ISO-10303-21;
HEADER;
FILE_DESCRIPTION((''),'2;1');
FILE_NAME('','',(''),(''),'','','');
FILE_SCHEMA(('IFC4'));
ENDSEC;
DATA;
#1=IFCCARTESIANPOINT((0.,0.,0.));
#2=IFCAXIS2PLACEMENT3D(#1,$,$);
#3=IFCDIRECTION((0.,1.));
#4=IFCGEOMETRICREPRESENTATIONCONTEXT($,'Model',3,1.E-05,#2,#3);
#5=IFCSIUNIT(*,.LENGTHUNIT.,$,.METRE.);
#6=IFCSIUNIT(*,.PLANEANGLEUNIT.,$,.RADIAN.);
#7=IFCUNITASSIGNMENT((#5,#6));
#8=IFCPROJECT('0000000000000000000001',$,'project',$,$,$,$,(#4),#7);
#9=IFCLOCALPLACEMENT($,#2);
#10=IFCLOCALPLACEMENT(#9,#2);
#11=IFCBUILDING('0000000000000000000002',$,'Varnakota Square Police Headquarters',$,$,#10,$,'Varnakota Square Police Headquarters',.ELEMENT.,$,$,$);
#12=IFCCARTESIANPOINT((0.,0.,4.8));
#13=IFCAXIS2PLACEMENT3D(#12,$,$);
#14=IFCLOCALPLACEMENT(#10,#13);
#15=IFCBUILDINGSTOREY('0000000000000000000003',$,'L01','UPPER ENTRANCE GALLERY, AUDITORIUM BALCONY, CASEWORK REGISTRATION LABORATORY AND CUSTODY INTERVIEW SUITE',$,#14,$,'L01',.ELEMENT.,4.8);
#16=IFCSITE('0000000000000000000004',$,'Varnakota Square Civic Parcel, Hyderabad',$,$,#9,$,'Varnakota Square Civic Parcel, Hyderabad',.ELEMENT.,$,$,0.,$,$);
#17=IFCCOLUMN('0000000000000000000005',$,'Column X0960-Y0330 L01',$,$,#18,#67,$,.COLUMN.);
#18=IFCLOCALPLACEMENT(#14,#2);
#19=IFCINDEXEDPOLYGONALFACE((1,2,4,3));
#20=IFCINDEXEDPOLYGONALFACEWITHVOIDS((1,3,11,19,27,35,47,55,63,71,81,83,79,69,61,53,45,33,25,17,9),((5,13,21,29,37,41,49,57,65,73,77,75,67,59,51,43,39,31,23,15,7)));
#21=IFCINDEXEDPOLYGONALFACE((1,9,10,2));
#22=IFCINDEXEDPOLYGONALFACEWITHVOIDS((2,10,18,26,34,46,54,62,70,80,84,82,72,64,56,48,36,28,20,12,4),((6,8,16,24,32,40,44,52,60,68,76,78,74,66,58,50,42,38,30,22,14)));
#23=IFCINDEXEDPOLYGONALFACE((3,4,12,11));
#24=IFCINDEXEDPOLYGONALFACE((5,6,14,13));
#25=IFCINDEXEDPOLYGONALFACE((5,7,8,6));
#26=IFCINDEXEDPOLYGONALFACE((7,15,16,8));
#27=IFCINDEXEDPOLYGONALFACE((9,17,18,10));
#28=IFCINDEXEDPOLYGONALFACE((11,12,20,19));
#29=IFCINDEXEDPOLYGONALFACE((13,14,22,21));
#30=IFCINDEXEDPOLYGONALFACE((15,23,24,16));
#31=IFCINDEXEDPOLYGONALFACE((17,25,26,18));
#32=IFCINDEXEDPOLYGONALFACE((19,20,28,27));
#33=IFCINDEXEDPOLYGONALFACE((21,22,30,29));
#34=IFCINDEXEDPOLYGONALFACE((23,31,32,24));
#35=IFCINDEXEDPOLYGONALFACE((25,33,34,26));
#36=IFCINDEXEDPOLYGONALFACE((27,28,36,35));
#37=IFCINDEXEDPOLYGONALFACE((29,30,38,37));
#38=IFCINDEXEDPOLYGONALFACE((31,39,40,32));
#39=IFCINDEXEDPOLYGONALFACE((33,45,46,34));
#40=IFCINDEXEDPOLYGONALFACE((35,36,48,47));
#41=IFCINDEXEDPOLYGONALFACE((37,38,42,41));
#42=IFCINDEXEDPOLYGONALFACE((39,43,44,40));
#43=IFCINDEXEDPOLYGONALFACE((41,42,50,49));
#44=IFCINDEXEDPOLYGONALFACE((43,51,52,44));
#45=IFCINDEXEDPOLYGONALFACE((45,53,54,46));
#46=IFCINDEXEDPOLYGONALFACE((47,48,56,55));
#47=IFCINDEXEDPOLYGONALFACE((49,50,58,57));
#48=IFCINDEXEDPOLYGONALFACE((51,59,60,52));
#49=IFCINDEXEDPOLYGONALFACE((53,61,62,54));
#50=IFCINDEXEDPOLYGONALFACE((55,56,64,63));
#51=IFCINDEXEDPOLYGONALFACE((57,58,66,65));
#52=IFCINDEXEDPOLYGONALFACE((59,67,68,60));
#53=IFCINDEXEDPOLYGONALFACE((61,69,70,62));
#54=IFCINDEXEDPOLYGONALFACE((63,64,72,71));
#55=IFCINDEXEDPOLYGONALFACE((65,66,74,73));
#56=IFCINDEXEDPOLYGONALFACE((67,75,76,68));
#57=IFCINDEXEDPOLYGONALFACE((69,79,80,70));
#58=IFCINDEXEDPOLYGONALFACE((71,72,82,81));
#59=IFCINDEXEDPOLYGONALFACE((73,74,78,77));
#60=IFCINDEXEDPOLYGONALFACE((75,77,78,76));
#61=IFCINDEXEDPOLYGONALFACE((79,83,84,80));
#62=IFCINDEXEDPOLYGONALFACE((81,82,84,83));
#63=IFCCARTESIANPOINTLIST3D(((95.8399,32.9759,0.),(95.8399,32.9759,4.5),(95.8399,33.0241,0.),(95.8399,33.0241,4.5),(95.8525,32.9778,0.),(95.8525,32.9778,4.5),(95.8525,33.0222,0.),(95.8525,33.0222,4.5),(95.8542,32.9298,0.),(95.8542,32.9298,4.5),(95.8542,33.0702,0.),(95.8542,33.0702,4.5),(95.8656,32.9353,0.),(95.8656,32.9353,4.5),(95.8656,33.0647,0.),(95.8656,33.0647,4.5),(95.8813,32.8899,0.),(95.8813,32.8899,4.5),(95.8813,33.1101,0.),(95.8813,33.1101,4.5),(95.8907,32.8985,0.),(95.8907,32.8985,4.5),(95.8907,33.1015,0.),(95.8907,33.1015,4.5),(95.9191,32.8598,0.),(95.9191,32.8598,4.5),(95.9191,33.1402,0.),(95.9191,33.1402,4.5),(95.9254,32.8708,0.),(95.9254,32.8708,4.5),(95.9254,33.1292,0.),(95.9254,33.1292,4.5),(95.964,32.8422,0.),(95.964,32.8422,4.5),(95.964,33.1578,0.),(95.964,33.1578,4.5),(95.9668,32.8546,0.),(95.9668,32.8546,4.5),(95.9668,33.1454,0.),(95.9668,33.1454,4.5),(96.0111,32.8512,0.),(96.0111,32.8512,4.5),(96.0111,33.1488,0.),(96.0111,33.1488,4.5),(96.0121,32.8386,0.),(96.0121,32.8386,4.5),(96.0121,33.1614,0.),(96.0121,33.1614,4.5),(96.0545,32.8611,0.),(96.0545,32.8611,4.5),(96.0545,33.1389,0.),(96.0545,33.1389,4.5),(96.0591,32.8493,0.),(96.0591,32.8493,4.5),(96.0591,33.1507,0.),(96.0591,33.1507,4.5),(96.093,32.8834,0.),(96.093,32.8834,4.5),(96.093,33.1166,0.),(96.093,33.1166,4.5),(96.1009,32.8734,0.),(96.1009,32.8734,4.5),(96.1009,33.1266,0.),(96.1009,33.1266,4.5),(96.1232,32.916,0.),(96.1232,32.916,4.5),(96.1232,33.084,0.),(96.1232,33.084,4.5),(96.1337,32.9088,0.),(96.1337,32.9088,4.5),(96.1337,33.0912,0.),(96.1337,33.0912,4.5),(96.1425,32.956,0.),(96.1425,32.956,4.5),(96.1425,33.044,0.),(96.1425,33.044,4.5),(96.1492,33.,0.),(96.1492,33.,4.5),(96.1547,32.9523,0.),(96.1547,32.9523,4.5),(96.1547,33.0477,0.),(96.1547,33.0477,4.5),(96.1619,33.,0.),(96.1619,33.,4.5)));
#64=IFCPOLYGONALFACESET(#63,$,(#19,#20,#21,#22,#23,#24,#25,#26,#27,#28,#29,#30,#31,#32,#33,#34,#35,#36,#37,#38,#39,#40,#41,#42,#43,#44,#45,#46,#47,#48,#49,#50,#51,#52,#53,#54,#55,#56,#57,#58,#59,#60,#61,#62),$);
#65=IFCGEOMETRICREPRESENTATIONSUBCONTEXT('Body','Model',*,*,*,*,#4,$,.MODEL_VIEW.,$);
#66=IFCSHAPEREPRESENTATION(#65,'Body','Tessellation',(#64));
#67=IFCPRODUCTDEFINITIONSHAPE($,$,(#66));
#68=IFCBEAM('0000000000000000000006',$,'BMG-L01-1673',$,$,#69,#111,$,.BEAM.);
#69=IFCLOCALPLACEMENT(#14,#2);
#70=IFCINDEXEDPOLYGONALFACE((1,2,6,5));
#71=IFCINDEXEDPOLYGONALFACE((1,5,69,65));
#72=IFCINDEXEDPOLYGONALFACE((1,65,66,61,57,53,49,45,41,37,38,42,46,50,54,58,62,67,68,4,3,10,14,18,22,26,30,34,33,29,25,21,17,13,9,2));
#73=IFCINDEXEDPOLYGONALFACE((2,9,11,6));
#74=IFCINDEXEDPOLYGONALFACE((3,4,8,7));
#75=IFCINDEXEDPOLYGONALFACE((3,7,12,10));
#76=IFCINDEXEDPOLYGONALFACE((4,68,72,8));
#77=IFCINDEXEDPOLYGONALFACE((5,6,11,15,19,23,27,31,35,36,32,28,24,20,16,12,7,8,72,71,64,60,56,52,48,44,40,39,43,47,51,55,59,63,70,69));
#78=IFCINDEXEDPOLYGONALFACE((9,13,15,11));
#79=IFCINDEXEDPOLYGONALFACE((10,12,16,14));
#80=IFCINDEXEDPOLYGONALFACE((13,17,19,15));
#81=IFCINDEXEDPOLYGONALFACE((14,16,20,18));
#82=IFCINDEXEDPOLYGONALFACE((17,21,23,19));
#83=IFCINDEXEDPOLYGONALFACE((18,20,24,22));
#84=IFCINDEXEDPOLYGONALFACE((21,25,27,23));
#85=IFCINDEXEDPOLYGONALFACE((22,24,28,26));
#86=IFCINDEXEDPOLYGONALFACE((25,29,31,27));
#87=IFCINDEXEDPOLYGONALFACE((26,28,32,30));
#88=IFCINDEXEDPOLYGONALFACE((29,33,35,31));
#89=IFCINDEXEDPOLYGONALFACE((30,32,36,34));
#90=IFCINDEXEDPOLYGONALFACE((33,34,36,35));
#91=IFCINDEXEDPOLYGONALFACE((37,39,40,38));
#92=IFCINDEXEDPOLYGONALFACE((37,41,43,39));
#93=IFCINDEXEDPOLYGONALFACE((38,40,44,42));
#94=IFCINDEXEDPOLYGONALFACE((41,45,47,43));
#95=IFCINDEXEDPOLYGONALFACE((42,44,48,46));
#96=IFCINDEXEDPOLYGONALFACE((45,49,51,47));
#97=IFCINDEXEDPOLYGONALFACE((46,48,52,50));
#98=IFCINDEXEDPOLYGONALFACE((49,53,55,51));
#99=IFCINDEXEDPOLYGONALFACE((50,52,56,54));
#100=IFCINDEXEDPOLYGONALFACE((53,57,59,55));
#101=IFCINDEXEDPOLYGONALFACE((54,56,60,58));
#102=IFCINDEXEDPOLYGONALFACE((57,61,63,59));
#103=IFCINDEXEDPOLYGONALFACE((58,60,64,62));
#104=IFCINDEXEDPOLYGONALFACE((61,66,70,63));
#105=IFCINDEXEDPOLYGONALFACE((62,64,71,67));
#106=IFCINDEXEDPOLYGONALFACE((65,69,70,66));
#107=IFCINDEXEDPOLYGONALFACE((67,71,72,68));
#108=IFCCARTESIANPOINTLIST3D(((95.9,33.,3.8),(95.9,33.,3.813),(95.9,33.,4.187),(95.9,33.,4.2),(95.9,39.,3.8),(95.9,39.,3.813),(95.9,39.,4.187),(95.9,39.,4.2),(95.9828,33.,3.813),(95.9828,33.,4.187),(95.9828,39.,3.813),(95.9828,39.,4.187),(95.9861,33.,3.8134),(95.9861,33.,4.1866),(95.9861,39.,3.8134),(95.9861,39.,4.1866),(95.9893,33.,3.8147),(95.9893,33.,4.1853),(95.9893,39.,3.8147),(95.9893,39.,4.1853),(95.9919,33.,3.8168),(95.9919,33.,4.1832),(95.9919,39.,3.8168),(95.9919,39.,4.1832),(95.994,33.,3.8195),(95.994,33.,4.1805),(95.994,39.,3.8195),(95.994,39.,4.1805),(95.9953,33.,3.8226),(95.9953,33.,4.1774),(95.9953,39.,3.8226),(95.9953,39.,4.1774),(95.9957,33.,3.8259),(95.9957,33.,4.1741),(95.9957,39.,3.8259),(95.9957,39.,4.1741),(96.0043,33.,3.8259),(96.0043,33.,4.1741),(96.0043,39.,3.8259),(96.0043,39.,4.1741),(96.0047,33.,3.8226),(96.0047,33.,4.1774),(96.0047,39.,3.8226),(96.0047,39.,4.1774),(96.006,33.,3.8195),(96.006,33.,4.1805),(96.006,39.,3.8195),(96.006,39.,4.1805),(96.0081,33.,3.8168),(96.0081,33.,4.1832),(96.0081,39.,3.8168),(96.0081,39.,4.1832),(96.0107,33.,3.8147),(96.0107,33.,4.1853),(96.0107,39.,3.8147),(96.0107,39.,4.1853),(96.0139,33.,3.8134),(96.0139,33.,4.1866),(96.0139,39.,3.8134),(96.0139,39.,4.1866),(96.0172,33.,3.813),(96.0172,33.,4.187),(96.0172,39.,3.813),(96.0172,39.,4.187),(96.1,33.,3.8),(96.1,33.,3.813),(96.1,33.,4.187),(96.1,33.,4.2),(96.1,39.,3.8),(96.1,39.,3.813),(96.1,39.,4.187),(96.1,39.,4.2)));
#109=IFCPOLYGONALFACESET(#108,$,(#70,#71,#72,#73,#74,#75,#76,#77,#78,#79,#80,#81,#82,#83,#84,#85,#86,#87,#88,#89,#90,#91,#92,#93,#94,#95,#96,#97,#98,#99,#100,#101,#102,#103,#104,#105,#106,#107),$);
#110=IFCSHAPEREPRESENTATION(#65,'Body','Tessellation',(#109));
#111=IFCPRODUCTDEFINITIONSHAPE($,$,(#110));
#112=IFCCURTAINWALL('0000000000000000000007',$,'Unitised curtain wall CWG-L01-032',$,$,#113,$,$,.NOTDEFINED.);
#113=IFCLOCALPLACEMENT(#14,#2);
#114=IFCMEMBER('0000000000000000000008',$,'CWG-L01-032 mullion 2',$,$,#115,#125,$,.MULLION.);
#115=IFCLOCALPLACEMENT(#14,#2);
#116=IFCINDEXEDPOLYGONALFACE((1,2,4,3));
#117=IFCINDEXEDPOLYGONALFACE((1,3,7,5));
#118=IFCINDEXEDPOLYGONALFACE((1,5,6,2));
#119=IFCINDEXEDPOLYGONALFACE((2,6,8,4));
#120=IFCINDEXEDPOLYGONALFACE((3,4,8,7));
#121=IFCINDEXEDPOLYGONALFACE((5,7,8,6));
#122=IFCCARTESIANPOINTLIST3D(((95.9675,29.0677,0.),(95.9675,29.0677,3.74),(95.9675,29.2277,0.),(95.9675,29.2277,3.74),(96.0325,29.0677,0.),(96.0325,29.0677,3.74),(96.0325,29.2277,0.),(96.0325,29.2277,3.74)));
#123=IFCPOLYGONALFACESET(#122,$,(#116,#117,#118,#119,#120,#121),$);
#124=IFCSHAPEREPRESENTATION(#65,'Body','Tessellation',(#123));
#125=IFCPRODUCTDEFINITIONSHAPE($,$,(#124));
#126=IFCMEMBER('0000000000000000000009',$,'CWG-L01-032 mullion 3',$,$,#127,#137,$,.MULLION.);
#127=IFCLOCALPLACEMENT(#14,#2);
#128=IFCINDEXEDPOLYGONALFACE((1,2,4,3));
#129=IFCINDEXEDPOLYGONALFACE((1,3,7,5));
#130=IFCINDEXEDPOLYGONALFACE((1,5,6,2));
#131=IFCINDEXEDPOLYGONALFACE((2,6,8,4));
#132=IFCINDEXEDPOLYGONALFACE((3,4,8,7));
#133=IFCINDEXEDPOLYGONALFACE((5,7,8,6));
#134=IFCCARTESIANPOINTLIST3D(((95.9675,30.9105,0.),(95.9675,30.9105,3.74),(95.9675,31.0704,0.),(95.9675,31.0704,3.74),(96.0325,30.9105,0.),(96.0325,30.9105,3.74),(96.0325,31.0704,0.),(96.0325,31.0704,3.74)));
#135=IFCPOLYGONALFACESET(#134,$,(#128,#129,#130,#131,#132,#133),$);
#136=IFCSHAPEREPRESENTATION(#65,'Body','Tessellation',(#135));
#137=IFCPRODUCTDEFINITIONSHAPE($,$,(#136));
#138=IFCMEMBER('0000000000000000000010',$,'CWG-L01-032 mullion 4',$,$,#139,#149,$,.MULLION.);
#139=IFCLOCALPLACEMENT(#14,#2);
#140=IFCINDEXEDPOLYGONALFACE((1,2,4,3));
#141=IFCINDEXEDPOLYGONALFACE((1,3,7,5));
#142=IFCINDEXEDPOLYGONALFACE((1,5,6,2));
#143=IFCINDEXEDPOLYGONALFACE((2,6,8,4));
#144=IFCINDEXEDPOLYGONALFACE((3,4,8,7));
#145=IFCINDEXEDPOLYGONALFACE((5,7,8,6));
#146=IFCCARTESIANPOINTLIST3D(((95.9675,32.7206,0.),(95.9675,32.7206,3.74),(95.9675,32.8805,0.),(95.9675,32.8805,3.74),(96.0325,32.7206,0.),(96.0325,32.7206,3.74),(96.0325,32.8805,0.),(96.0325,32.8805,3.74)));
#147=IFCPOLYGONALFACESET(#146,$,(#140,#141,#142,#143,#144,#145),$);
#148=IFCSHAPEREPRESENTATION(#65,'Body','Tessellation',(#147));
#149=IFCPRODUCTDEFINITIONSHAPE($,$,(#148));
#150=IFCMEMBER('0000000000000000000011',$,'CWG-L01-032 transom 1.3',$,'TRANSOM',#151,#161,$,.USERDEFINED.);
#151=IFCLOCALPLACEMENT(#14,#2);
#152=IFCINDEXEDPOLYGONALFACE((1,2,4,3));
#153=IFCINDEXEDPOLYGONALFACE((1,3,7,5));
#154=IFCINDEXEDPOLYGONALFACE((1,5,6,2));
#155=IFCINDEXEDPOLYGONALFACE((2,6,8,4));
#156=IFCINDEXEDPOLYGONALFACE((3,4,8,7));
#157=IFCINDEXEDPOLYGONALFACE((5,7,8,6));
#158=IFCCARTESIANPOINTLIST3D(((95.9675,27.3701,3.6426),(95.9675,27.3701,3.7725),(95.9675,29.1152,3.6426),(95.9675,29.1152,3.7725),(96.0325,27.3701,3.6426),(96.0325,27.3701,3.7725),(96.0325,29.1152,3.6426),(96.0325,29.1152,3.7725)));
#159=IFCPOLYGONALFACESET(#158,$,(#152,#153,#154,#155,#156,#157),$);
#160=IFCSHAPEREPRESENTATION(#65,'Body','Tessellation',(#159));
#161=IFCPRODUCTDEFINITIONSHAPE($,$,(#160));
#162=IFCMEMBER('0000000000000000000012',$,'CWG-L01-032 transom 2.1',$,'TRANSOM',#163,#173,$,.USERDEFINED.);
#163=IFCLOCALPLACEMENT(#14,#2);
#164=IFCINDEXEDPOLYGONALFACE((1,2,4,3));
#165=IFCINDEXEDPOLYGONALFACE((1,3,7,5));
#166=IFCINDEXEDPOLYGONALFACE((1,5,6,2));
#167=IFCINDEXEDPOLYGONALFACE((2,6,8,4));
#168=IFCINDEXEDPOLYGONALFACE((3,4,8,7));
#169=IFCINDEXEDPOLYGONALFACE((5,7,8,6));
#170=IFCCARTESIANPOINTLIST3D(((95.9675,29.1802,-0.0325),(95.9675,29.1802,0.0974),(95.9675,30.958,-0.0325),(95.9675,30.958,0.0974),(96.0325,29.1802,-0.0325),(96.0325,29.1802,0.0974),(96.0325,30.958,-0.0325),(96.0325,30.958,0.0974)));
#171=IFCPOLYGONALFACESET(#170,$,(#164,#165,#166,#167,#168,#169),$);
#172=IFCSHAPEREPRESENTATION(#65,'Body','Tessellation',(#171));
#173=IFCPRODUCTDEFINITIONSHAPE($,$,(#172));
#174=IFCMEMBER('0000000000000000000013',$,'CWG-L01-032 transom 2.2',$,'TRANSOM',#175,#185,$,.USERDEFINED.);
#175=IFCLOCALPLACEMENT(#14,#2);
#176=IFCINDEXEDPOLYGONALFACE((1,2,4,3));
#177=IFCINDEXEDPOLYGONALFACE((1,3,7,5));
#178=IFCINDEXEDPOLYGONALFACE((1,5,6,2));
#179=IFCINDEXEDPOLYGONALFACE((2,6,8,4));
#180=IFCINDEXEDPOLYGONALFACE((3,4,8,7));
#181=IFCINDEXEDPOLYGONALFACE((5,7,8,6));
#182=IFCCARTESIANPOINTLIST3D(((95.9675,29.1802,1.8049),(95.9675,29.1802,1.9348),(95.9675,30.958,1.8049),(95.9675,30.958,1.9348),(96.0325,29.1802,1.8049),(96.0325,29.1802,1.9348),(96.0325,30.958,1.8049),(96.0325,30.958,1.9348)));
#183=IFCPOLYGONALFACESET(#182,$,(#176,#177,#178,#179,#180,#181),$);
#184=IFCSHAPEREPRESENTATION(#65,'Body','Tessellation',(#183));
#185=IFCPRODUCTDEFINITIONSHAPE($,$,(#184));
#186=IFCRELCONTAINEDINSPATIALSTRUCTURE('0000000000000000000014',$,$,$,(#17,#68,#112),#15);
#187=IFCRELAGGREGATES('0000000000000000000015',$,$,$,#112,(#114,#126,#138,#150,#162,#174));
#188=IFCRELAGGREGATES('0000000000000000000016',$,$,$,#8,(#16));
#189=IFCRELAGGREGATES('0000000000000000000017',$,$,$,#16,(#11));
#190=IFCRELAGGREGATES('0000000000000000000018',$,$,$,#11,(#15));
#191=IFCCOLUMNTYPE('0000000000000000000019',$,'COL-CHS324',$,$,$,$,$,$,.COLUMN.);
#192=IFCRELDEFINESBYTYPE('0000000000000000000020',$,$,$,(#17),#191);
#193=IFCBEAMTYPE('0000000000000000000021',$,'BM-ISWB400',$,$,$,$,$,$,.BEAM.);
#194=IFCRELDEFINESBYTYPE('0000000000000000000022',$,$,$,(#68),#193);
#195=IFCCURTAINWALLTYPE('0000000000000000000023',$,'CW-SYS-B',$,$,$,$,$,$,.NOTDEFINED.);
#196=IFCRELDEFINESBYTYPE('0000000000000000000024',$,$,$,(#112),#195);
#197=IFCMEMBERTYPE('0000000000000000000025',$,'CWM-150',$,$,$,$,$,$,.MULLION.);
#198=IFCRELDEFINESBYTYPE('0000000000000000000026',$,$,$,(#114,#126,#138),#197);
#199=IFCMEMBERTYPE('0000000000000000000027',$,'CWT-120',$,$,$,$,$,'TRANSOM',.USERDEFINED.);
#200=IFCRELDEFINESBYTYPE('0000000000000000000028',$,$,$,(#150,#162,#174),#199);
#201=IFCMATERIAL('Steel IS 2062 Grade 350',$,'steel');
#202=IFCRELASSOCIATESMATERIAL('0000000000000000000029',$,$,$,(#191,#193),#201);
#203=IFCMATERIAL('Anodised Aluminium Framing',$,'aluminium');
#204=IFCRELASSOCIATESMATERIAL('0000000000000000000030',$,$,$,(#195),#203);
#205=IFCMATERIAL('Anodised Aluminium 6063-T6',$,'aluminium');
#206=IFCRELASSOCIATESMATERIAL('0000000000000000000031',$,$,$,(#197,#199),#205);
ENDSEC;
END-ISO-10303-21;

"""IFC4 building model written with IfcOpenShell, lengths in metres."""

from ifc_helpers import new_model, si_unit, direction, frame, origin, origin_2d, place, context, subcontext, project, spatial, rectangle, hollow_circle, i_section, extrude, material, material_profile, profile_set, type_object, element, aggregate, save


model = new_model("IFC4")

# Units and contexts
model_context = context("Model", 3, precision=1e-05, world=origin(), true_north=direction((0.0, 1.0)))
body_context = subcontext(model_context, "Body", "Model", "MODEL_VIEW")
ifc_project = project(units=[si_unit("LENGTHUNIT", "METRE"), si_unit("PLANEANGLEUNIT", "RADIAN")], contexts=[model_context])

# Site, building, storey
site_placement = place(None, origin())
site = spatial("IfcSite", under=ifc_project, at=site_placement, Name="Varnakota Square Civic Parcel, Hyderabad", LongName="Varnakota Square Civic Parcel, Hyderabad", CompositionType="ELEMENT", RefElevation=0.0)
building_placement = place(site_placement, origin())
building = spatial("IfcBuilding", under=site, at=building_placement, Name="Varnakota Square Police Headquarters", LongName="Varnakota Square Police Headquarters", CompositionType="ELEMENT")
storey_placement = place(building_placement, frame((0.0, 0.0, 4.8)))
storey = spatial("IfcBuildingStorey", under=building, at=storey_placement, Name="L01", Description="UPPER ENTRANCE GALLERY, AUDITORIUM BALCONY, CASEWORK REGISTRATION LABORATORY AND CUSTODY INTERVIEW SUITE", LongName="L01", CompositionType="ELEMENT", Elevation=4.8)

# Column
ifc_material_1 = material(Name="Steel IS 2062 Grade 350", Category="steel")
ifc_material_profile_1 = material_profile(ifc_material_1, hollow_circle(Radius=0.1619, WallThickness=0.0127, at=origin_2d()), Name="CHS 323.9x12.7")
ifc_profile_set_1 = profile_set([ifc_material_profile_1], Name="Steel IS 2062 Grade 350")
column_type = type_object("IfcColumnType", Name="COL-CHS324", PredefinedType="COLUMN", material=ifc_profile_set_1)
column_placement = place(storey_placement, frame((96.0, 33.0, 0.0), z_axis=(0.0, 0.0, 1.0), x_axis=(1.0, 0.0, 0.0)))
element("IfcColumn", 1, at=column_placement, inside=storey, type_object=column_type, Name="Column X0960-Y0330 L01", PredefinedType="COLUMN", context=body_context, shape_type="SweptSolid", body=[
    extrude(hollow_circle(Radius=0.1619, WallThickness=0.0127, at=origin_2d()), origin(), (0.0, 0.0, 1.0), 4.5),
])

# Beam
ifc_material_profile_2 = material_profile(ifc_material_1, i_section(OverallWidth=0.2, OverallDepth=0.3999, WebThickness=0.0085, FlangeThickness=0.0129, FilletRadius=0.0129, at=origin_2d()), Name="ISWB 400")
ifc_profile_set_2 = profile_set([ifc_material_profile_2], Name="Steel IS 2062 Grade 350")
beam_type = type_object("IfcBeamType", Name="BM-ISWB400", PredefinedType="BEAM", material=ifc_profile_set_2)
beam_placement = place(storey_placement, frame((96.0, 33.0, 4.0), z_axis=(0.0, 1.0, 0.0), x_axis=(-1.0, 0.0, 0.0)))
element("IfcBeam", 2, at=beam_placement, inside=storey, type_object=beam_type, Name="BMG-L01-1673", PredefinedType="BEAM", context=body_context, shape_type="SweptSolid", body=[
    extrude(i_section(OverallWidth=0.2, OverallDepth=0.3999, WebThickness=0.0085, FlangeThickness=0.0129, FilletRadius=0.0129, at=origin_2d()), origin(), (0.0, 0.0, 1.0), 6.0),
])

# Curtain wall, members
ifc_material_2 = material(Name="Anodised Aluminium Framing", Category="aluminium")
curtain_wall_type = type_object("IfcCurtainWallType", Name="CW-SYS-B", PredefinedType="NOTDEFINED", material=ifc_material_2)
curtain_wall_placement = place(storey_placement, origin())
curtain_wall = element("IfcCurtainWall", 3, at=curtain_wall_placement, inside=storey, type_object=curtain_wall_type, Name="Unitised curtain wall CWG-L01-032", PredefinedType="NOTDEFINED")
ifc_material_3 = material(Name="Anodised Aluminium 6063-T6", Category="aluminium")
ifc_material_profile_3 = material_profile(ifc_material_3, rectangle(XDim=0.0649, YDim=0.1599, at=origin_2d()), Name="ALU MULLION 65x160")
ifc_profile_set_3 = profile_set([ifc_material_profile_3], Name="Anodised Aluminium 6063-T6")
member_type_1 = type_object("IfcMemberType", Name="CWM-150", PredefinedType="MULLION", material=ifc_profile_set_3)
member_1_placement = place(storey_placement, frame((96.0, 29.1477, 0.0), z_axis=(0.0, 0.0, 1.0), x_axis=(-1.0, 0.0, 0.0)))
member_1 = element("IfcMember", 4, at=member_1_placement, type_object=member_type_1, Name="CWG-L01-032 mullion 2", PredefinedType="MULLION", context=body_context, shape_type="SweptSolid", body=[
    extrude(rectangle(XDim=0.0649, YDim=0.1599, at=origin_2d()), origin(), (0.0, 0.0, 1.0), 3.74),
])
member_2_placement = place(storey_placement, frame((96.0, 30.9905, 0.0), z_axis=(0.0, 0.0, 1.0), x_axis=(-1.0, 0.0, 0.0)))
member_2 = element("IfcMember", 5, at=member_2_placement, type_object=member_type_1, Name="CWG-L01-032 mullion 3", PredefinedType="MULLION", context=body_context, shape_type="SweptSolid", body=[
    extrude(rectangle(XDim=0.0649, YDim=0.1599, at=origin_2d()), origin(), (0.0, 0.0, 1.0), 3.74),
])
member_3_placement = place(storey_placement, frame((96.0, 32.8005, 0.0), z_axis=(0.0, 0.0, 1.0), x_axis=(-1.0, 0.0, 0.0)))
member_3 = element("IfcMember", 6, at=member_3_placement, type_object=member_type_1, Name="CWG-L01-032 mullion 4", PredefinedType="MULLION", context=body_context, shape_type="SweptSolid", body=[
    extrude(rectangle(XDim=0.0649, YDim=0.1599, at=origin_2d()), origin(), (0.0, 0.0, 1.0), 3.74),
])
ifc_material_profile_4 = material_profile(ifc_material_3, rectangle(XDim=0.0649, YDim=0.1299, at=origin_2d()), Name="ALU TRANSOM 65x130")
ifc_profile_set_4 = profile_set([ifc_material_profile_4], Name="Anodised Aluminium 6063-T6")
member_type_2 = type_object("IfcMemberType", Name="CWT-120", ElementType="TRANSOM", PredefinedType="USERDEFINED", material=ifc_profile_set_4)
member_4_placement = place(storey_placement, frame((96.0, 27.3701, 3.7075), z_axis=(0.0, 1.0, 0.0), x_axis=(-1.0, 0.0, 0.0)))
member_4 = element("IfcMember", 7, at=member_4_placement, type_object=member_type_2, Name="CWG-L01-032 transom 1.3", ObjectType="TRANSOM", PredefinedType="USERDEFINED", context=body_context, shape_type="SweptSolid", body=[
    extrude(rectangle(XDim=0.0649, YDim=0.1299, at=origin_2d()), origin(), (0.0, 0.0, 1.0), 1.7451),
])
member_5_placement = place(storey_placement, frame((96.0, 29.1802, 0.0325), z_axis=(0.0, 1.0, 0.0), x_axis=(-1.0, 0.0, 0.0)))
member_5 = element("IfcMember", 8, at=member_5_placement, type_object=member_type_2, Name="CWG-L01-032 transom 2.1", ObjectType="TRANSOM", PredefinedType="USERDEFINED", context=body_context, shape_type="SweptSolid", body=[
    extrude(rectangle(XDim=0.0649, YDim=0.1299, at=origin_2d()), origin(), (0.0, 0.0, 1.0), 1.7778),
])
member_6_placement = place(storey_placement, frame((96.0, 29.1802, 1.8699), z_axis=(0.0, 1.0, 0.0), x_axis=(-1.0, 0.0, 0.0)))
member_6 = element("IfcMember", 9, at=member_6_placement, type_object=member_type_2, Name="CWG-L01-032 transom 2.2", ObjectType="TRANSOM", PredefinedType="USERDEFINED", context=body_context, shape_type="SweptSolid", body=[
    extrude(rectangle(XDim=0.0649, YDim=0.1299, at=origin_2d()), origin(), (0.0, 0.0, 1.0), 1.7778),
])
aggregate(curtain_wall, [member_1, member_2, member_3, member_4, member_5, member_6])

save(model, "model.ifc")
